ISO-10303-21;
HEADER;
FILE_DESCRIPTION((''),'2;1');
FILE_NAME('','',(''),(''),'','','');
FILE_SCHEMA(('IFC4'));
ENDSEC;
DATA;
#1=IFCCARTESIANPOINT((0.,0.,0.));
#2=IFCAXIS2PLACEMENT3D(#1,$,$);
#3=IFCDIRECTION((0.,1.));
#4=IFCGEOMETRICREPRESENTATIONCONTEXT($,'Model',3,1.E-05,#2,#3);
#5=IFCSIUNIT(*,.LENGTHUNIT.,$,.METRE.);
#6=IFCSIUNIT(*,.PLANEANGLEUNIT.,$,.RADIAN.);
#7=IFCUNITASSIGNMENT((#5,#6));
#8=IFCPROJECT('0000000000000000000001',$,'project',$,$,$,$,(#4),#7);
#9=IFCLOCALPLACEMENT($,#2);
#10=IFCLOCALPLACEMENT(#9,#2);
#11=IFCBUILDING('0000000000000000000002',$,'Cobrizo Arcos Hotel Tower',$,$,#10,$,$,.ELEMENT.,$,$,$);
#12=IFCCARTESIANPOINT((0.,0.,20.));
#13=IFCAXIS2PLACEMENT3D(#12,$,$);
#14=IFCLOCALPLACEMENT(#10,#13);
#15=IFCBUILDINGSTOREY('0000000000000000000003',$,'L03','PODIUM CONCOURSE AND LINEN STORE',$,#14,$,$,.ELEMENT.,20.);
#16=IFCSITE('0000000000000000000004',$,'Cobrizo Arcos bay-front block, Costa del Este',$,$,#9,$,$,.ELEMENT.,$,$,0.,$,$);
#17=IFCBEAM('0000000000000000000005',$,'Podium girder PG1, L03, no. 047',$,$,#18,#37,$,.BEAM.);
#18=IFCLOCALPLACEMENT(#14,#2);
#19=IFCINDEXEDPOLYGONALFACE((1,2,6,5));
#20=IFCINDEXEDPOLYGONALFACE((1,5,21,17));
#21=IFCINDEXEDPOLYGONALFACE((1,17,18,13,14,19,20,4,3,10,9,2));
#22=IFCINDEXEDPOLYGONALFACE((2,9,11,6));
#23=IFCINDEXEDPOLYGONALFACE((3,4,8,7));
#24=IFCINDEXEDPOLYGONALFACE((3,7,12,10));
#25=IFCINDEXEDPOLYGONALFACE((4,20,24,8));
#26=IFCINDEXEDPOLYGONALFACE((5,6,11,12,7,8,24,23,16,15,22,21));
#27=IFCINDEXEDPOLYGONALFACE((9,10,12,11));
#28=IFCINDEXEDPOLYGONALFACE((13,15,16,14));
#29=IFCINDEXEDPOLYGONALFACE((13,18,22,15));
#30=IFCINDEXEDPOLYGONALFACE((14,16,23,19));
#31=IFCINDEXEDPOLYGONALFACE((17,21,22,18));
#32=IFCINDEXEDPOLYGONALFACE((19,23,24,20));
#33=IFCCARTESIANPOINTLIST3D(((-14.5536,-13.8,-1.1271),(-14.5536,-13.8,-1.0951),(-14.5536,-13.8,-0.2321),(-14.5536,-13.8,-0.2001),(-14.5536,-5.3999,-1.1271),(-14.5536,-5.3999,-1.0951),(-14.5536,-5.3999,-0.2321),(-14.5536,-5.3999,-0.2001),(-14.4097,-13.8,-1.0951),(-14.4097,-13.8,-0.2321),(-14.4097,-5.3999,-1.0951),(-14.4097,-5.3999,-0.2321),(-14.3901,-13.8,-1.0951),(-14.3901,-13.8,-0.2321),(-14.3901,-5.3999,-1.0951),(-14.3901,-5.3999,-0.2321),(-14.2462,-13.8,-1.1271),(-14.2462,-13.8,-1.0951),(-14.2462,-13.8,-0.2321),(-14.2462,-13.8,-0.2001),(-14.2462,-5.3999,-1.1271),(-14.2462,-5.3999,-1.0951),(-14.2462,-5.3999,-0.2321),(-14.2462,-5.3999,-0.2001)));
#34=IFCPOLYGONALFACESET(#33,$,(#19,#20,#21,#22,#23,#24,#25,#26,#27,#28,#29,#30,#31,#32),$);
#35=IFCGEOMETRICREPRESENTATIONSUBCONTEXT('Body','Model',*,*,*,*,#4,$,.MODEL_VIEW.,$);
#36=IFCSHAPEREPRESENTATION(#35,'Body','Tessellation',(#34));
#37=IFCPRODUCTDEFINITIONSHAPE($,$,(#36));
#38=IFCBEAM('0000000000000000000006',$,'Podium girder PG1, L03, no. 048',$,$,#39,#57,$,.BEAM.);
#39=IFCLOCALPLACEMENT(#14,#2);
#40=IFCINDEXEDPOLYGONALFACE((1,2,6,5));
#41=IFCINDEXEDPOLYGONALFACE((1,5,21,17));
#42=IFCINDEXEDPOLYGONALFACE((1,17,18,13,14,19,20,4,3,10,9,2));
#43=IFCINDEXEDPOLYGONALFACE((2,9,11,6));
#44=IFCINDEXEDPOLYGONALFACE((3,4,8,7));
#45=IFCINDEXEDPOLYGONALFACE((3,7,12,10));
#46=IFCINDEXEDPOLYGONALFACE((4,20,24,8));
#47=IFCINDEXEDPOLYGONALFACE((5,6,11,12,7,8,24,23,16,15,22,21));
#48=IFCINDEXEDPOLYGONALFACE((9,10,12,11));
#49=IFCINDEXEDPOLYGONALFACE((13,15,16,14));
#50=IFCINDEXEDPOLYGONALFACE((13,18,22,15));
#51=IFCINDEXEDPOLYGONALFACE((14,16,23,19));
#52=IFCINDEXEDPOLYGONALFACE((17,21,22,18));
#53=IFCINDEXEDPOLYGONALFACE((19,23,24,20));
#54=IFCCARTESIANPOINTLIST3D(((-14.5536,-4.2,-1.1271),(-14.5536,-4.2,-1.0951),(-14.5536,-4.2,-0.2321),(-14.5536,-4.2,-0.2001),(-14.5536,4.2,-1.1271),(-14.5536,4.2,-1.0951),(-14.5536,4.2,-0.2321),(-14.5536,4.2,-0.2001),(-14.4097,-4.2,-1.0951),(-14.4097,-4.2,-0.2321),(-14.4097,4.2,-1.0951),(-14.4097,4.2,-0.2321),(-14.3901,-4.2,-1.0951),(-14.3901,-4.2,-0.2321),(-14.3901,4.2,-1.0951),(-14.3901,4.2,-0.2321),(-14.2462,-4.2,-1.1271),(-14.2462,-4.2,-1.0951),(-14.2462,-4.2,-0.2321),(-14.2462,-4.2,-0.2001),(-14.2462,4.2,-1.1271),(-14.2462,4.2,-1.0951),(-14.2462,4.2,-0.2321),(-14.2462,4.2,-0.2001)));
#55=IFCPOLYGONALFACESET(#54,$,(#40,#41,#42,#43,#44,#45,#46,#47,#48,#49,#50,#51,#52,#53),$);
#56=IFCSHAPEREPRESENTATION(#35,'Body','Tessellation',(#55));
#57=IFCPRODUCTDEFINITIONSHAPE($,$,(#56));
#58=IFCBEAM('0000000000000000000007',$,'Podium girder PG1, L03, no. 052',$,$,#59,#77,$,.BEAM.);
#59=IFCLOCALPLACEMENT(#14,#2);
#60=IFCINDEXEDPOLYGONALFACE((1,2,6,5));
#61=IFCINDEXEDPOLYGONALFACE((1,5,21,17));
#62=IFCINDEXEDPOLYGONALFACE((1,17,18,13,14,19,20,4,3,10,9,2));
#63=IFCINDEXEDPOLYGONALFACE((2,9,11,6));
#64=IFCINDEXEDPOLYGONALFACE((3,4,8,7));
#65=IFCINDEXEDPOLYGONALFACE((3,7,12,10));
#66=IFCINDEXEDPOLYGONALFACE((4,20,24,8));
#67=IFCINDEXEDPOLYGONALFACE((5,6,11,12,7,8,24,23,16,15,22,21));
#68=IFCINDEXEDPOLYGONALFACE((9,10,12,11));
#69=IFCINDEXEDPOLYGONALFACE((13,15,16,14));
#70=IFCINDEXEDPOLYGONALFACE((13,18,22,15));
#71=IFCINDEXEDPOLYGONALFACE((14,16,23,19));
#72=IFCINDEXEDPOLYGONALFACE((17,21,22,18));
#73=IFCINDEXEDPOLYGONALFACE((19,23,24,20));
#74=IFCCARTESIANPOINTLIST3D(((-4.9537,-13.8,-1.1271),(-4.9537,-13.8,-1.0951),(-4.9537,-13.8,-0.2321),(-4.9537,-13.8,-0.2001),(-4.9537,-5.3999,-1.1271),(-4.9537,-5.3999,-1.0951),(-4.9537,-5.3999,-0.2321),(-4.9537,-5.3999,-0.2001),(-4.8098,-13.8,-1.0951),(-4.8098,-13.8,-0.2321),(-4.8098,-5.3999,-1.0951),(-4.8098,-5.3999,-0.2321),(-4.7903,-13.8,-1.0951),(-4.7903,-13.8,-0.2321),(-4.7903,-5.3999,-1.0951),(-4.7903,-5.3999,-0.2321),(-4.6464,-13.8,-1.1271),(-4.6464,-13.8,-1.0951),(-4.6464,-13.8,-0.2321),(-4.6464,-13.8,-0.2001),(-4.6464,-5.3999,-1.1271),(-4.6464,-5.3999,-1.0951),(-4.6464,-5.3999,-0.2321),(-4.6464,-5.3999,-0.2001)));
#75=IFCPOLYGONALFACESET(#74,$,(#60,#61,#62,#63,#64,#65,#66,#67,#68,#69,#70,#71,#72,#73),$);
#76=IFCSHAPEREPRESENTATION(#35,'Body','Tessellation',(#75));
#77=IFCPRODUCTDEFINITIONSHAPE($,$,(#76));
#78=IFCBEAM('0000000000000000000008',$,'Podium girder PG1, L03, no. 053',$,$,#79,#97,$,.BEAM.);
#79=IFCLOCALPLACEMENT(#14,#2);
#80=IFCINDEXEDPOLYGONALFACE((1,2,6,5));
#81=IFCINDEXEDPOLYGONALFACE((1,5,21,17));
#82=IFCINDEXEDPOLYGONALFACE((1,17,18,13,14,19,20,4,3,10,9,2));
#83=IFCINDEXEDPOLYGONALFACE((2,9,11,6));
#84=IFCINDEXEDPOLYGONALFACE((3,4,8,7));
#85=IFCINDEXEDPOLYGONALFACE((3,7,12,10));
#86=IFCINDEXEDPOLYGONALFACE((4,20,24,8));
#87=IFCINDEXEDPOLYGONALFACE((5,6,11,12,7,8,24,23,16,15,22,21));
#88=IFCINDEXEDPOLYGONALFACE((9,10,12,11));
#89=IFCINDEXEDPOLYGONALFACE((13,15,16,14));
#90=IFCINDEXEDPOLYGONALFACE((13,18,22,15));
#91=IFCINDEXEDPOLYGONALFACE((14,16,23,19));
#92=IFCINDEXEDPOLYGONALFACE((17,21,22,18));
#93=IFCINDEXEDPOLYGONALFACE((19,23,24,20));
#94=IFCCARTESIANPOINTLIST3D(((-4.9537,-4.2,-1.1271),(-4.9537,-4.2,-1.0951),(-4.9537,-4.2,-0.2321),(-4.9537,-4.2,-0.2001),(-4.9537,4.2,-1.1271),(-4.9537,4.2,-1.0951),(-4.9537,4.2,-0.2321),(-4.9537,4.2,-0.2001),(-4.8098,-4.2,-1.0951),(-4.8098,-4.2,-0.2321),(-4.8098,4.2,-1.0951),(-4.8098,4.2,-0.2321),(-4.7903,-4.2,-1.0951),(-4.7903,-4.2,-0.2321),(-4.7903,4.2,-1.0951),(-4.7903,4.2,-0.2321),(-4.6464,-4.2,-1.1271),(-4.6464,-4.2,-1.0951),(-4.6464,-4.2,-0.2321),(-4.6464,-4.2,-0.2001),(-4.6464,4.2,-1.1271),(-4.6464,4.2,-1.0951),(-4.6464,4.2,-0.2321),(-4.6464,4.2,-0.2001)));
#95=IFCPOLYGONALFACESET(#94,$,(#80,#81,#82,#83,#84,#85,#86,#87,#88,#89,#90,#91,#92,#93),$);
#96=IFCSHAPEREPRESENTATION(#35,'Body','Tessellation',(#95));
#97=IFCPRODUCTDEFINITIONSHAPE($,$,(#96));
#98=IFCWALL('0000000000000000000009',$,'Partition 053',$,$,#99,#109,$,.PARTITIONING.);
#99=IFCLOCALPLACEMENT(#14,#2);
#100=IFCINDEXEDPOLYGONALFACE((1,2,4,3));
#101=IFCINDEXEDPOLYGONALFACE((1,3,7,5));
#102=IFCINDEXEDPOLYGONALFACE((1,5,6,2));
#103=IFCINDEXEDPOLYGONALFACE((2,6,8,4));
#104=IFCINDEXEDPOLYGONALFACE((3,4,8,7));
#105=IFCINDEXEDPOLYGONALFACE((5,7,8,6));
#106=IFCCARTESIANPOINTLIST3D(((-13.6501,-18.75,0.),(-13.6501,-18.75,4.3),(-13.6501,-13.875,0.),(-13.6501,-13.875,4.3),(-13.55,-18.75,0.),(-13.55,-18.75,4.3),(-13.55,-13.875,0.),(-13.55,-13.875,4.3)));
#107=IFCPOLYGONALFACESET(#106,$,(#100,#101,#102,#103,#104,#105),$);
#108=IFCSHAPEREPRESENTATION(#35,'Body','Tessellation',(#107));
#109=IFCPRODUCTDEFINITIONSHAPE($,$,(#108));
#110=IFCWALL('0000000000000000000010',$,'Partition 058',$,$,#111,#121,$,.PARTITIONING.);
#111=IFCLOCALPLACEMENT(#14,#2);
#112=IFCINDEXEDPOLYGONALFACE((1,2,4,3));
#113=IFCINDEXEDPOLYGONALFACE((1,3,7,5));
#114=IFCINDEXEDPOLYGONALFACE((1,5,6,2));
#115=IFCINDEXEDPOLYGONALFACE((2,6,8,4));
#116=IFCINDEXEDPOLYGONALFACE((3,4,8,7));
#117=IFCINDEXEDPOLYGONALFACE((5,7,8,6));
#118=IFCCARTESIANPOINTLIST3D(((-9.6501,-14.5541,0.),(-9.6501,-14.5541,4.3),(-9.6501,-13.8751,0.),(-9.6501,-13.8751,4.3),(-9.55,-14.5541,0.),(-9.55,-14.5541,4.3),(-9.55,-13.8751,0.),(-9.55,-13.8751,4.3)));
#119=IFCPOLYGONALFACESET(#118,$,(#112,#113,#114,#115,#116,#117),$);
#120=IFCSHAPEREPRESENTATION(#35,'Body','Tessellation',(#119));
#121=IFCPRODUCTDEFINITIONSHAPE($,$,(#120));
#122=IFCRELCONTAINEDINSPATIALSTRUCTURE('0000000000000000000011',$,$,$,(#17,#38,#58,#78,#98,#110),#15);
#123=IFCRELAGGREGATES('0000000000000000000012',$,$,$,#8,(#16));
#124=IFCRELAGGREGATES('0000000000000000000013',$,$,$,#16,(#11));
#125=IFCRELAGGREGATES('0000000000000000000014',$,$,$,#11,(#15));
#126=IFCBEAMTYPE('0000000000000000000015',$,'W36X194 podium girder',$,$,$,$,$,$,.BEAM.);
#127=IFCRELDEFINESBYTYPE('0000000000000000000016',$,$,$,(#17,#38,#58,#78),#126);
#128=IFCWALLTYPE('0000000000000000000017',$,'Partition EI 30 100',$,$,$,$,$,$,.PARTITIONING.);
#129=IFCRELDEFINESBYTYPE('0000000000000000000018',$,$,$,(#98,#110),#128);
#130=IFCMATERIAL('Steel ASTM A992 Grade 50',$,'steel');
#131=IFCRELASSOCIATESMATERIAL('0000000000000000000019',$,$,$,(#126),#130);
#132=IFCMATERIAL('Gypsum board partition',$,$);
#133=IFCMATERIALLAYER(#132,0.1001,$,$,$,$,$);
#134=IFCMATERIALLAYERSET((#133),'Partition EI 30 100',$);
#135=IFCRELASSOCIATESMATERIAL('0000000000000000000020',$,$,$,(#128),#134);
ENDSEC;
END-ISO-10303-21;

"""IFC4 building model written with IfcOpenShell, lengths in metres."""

from ifc_helpers import new_model, si_unit, direction, frame, frame_2d, origin, origin_2d, place, context, subcontext, project, spatial, rectangle, i_section, extrude, material, layer, layer_set, material_profile, profile_set, type_object, element, save


model = new_model("IFC4")

# Units and contexts
model_context = context("Model", 3, precision=1e-05, world=origin(), true_north=direction((0.0, 1.0)))
body_context = subcontext(model_context, "Body", "Model", "MODEL_VIEW")
ifc_project = project(units=[si_unit("LENGTHUNIT", "METRE"), si_unit("PLANEANGLEUNIT", "RADIAN")], contexts=[model_context])

# Site, building, storey
site_placement = place(None, origin())
site = spatial("IfcSite", under=ifc_project, at=site_placement, Name="Cobrizo Arcos bay-front block, Costa del Este", CompositionType="ELEMENT", RefElevation=0.0)
building_placement = place(site_placement, origin())
building = spatial("IfcBuilding", under=site, at=building_placement, Name="Cobrizo Arcos Hotel Tower", CompositionType="ELEMENT")
storey_placement = place(building_placement, frame((0.0, 0.0, 20.0)))
storey = spatial("IfcBuildingStorey", under=building, at=storey_placement, Name="L03", Description="PODIUM CONCOURSE AND LINEN STORE", CompositionType="ELEMENT", Elevation=20.0)

# Beams
ifc_material_1 = material(Name="Steel ASTM A992 Grade 50", Category="steel")
ifc_material_profile_1 = material_profile(ifc_material_1, i_section(OverallWidth=0.3074, OverallDepth=0.927, WebThickness=0.0195, FlangeThickness=0.032, at=origin_2d()), Name="W36X194")
ifc_profile_set_1 = profile_set([ifc_material_profile_1], Name="Steel ASTM A992 Grade 50")
beam_type_1 = type_object("IfcBeamType", Name="W36X194 podium girder", PredefinedType="BEAM", material=ifc_profile_set_1)
beam_1_placement = place(storey_placement, frame((-14.3999, -13.8, -0.6636), z_axis=(0.0, 1.0, 0.0), x_axis=(-1.0, 0.0, 0.0)))
element("IfcBeam", 1, at=beam_1_placement, inside=storey, type_object=beam_type_1, Name="Podium girder PG1, L03, no. 047", PredefinedType="BEAM", context=body_context, shape_type="SweptSolid", body=[
    extrude(i_section(OverallWidth=0.3074, OverallDepth=0.927, WebThickness=0.0195, FlangeThickness=0.032, at=origin_2d()), origin(), (0.0, 0.0, 1.0), 8.4001),
])
beam_2_placement = place(storey_placement, frame((-14.3999, -4.2, -0.6636), z_axis=(0.0, 1.0, 0.0), x_axis=(-1.0, 0.0, 0.0)))
element("IfcBeam", 2, at=beam_2_placement, inside=storey, type_object=beam_type_1, Name="Podium girder PG1, L03, no. 048", PredefinedType="BEAM", context=body_context, shape_type="SweptSolid", body=[
    extrude(i_section(OverallWidth=0.3074, OverallDepth=0.927, WebThickness=0.0195, FlangeThickness=0.032, at=origin_2d()), origin(), (0.0, 0.0, 1.0), 8.3999),
])
beam_3_placement = place(storey_placement, frame((-4.8, -13.8, -0.6636), z_axis=(0.0, 1.0, 0.0), x_axis=(-1.0, 0.0, 0.0)))
element("IfcBeam", 3, at=beam_3_placement, inside=storey, type_object=beam_type_1, Name="Podium girder PG1, L03, no. 052", PredefinedType="BEAM", context=body_context, shape_type="SweptSolid", body=[
    extrude(i_section(OverallWidth=0.3074, OverallDepth=0.927, WebThickness=0.0195, FlangeThickness=0.032, at=origin_2d()), origin(), (0.0, 0.0, 1.0), 8.4001),
])
beam_4_placement = place(storey_placement, frame((-4.8, -4.2, -0.6636), z_axis=(0.0, 1.0, 0.0), x_axis=(-1.0, 0.0, 0.0)))
element("IfcBeam", 4, at=beam_4_placement, inside=storey, type_object=beam_type_1, Name="Podium girder PG1, L03, no. 053", PredefinedType="BEAM", context=body_context, shape_type="SweptSolid", body=[
    extrude(i_section(OverallWidth=0.3074, OverallDepth=0.927, WebThickness=0.0195, FlangeThickness=0.032, at=origin_2d()), origin(), (0.0, 0.0, 1.0), 8.3999),
])

# Walls
ifc_material_2 = material(Name="Gypsum board partition")
ifc_layer = layer(ifc_material_2, 0.1001)
ifc_layer_set = layer_set([ifc_layer], Name="Partition EI 30 100")
wall_type = type_object("IfcWallType", Name="Partition EI 30 100", PredefinedType="PARTITIONING", material=ifc_layer_set)
wall_1_placement = place(storey_placement, frame((-13.6001, -18.75, 0.0), z_axis=(0.0, 0.0, 1.0), x_axis=(0.0, 1.0, 0.0)))
element("IfcWall", 5, at=wall_1_placement, inside=storey, type_object=wall_type, Name="Partition 053", PredefinedType="PARTITIONING", context=body_context, shape_type="SweptSolid", body=[
    extrude(rectangle(XDim=4.875, YDim=0.1001, at=frame_2d((2.4375, 0.0))), origin(), (0.0, 0.0, 1.0), 4.3),
])
wall_2_placement = place(storey_placement, frame((-9.6001, -14.554, 0.0), z_axis=(0.0, 0.0, 1.0), x_axis=(0.0, 1.0, 0.0)))
element("IfcWall", 6, at=wall_2_placement, inside=storey, type_object=wall_type, Name="Partition 058", PredefinedType="PARTITIONING", context=body_context, shape_type="SweptSolid", body=[
    extrude(rectangle(XDim=0.679, YDim=0.1001, at=frame_2d((0.3394, 0.0))), origin(), (0.0, 0.0, 1.0), 4.3),
])

save(model, "model.ifc")
